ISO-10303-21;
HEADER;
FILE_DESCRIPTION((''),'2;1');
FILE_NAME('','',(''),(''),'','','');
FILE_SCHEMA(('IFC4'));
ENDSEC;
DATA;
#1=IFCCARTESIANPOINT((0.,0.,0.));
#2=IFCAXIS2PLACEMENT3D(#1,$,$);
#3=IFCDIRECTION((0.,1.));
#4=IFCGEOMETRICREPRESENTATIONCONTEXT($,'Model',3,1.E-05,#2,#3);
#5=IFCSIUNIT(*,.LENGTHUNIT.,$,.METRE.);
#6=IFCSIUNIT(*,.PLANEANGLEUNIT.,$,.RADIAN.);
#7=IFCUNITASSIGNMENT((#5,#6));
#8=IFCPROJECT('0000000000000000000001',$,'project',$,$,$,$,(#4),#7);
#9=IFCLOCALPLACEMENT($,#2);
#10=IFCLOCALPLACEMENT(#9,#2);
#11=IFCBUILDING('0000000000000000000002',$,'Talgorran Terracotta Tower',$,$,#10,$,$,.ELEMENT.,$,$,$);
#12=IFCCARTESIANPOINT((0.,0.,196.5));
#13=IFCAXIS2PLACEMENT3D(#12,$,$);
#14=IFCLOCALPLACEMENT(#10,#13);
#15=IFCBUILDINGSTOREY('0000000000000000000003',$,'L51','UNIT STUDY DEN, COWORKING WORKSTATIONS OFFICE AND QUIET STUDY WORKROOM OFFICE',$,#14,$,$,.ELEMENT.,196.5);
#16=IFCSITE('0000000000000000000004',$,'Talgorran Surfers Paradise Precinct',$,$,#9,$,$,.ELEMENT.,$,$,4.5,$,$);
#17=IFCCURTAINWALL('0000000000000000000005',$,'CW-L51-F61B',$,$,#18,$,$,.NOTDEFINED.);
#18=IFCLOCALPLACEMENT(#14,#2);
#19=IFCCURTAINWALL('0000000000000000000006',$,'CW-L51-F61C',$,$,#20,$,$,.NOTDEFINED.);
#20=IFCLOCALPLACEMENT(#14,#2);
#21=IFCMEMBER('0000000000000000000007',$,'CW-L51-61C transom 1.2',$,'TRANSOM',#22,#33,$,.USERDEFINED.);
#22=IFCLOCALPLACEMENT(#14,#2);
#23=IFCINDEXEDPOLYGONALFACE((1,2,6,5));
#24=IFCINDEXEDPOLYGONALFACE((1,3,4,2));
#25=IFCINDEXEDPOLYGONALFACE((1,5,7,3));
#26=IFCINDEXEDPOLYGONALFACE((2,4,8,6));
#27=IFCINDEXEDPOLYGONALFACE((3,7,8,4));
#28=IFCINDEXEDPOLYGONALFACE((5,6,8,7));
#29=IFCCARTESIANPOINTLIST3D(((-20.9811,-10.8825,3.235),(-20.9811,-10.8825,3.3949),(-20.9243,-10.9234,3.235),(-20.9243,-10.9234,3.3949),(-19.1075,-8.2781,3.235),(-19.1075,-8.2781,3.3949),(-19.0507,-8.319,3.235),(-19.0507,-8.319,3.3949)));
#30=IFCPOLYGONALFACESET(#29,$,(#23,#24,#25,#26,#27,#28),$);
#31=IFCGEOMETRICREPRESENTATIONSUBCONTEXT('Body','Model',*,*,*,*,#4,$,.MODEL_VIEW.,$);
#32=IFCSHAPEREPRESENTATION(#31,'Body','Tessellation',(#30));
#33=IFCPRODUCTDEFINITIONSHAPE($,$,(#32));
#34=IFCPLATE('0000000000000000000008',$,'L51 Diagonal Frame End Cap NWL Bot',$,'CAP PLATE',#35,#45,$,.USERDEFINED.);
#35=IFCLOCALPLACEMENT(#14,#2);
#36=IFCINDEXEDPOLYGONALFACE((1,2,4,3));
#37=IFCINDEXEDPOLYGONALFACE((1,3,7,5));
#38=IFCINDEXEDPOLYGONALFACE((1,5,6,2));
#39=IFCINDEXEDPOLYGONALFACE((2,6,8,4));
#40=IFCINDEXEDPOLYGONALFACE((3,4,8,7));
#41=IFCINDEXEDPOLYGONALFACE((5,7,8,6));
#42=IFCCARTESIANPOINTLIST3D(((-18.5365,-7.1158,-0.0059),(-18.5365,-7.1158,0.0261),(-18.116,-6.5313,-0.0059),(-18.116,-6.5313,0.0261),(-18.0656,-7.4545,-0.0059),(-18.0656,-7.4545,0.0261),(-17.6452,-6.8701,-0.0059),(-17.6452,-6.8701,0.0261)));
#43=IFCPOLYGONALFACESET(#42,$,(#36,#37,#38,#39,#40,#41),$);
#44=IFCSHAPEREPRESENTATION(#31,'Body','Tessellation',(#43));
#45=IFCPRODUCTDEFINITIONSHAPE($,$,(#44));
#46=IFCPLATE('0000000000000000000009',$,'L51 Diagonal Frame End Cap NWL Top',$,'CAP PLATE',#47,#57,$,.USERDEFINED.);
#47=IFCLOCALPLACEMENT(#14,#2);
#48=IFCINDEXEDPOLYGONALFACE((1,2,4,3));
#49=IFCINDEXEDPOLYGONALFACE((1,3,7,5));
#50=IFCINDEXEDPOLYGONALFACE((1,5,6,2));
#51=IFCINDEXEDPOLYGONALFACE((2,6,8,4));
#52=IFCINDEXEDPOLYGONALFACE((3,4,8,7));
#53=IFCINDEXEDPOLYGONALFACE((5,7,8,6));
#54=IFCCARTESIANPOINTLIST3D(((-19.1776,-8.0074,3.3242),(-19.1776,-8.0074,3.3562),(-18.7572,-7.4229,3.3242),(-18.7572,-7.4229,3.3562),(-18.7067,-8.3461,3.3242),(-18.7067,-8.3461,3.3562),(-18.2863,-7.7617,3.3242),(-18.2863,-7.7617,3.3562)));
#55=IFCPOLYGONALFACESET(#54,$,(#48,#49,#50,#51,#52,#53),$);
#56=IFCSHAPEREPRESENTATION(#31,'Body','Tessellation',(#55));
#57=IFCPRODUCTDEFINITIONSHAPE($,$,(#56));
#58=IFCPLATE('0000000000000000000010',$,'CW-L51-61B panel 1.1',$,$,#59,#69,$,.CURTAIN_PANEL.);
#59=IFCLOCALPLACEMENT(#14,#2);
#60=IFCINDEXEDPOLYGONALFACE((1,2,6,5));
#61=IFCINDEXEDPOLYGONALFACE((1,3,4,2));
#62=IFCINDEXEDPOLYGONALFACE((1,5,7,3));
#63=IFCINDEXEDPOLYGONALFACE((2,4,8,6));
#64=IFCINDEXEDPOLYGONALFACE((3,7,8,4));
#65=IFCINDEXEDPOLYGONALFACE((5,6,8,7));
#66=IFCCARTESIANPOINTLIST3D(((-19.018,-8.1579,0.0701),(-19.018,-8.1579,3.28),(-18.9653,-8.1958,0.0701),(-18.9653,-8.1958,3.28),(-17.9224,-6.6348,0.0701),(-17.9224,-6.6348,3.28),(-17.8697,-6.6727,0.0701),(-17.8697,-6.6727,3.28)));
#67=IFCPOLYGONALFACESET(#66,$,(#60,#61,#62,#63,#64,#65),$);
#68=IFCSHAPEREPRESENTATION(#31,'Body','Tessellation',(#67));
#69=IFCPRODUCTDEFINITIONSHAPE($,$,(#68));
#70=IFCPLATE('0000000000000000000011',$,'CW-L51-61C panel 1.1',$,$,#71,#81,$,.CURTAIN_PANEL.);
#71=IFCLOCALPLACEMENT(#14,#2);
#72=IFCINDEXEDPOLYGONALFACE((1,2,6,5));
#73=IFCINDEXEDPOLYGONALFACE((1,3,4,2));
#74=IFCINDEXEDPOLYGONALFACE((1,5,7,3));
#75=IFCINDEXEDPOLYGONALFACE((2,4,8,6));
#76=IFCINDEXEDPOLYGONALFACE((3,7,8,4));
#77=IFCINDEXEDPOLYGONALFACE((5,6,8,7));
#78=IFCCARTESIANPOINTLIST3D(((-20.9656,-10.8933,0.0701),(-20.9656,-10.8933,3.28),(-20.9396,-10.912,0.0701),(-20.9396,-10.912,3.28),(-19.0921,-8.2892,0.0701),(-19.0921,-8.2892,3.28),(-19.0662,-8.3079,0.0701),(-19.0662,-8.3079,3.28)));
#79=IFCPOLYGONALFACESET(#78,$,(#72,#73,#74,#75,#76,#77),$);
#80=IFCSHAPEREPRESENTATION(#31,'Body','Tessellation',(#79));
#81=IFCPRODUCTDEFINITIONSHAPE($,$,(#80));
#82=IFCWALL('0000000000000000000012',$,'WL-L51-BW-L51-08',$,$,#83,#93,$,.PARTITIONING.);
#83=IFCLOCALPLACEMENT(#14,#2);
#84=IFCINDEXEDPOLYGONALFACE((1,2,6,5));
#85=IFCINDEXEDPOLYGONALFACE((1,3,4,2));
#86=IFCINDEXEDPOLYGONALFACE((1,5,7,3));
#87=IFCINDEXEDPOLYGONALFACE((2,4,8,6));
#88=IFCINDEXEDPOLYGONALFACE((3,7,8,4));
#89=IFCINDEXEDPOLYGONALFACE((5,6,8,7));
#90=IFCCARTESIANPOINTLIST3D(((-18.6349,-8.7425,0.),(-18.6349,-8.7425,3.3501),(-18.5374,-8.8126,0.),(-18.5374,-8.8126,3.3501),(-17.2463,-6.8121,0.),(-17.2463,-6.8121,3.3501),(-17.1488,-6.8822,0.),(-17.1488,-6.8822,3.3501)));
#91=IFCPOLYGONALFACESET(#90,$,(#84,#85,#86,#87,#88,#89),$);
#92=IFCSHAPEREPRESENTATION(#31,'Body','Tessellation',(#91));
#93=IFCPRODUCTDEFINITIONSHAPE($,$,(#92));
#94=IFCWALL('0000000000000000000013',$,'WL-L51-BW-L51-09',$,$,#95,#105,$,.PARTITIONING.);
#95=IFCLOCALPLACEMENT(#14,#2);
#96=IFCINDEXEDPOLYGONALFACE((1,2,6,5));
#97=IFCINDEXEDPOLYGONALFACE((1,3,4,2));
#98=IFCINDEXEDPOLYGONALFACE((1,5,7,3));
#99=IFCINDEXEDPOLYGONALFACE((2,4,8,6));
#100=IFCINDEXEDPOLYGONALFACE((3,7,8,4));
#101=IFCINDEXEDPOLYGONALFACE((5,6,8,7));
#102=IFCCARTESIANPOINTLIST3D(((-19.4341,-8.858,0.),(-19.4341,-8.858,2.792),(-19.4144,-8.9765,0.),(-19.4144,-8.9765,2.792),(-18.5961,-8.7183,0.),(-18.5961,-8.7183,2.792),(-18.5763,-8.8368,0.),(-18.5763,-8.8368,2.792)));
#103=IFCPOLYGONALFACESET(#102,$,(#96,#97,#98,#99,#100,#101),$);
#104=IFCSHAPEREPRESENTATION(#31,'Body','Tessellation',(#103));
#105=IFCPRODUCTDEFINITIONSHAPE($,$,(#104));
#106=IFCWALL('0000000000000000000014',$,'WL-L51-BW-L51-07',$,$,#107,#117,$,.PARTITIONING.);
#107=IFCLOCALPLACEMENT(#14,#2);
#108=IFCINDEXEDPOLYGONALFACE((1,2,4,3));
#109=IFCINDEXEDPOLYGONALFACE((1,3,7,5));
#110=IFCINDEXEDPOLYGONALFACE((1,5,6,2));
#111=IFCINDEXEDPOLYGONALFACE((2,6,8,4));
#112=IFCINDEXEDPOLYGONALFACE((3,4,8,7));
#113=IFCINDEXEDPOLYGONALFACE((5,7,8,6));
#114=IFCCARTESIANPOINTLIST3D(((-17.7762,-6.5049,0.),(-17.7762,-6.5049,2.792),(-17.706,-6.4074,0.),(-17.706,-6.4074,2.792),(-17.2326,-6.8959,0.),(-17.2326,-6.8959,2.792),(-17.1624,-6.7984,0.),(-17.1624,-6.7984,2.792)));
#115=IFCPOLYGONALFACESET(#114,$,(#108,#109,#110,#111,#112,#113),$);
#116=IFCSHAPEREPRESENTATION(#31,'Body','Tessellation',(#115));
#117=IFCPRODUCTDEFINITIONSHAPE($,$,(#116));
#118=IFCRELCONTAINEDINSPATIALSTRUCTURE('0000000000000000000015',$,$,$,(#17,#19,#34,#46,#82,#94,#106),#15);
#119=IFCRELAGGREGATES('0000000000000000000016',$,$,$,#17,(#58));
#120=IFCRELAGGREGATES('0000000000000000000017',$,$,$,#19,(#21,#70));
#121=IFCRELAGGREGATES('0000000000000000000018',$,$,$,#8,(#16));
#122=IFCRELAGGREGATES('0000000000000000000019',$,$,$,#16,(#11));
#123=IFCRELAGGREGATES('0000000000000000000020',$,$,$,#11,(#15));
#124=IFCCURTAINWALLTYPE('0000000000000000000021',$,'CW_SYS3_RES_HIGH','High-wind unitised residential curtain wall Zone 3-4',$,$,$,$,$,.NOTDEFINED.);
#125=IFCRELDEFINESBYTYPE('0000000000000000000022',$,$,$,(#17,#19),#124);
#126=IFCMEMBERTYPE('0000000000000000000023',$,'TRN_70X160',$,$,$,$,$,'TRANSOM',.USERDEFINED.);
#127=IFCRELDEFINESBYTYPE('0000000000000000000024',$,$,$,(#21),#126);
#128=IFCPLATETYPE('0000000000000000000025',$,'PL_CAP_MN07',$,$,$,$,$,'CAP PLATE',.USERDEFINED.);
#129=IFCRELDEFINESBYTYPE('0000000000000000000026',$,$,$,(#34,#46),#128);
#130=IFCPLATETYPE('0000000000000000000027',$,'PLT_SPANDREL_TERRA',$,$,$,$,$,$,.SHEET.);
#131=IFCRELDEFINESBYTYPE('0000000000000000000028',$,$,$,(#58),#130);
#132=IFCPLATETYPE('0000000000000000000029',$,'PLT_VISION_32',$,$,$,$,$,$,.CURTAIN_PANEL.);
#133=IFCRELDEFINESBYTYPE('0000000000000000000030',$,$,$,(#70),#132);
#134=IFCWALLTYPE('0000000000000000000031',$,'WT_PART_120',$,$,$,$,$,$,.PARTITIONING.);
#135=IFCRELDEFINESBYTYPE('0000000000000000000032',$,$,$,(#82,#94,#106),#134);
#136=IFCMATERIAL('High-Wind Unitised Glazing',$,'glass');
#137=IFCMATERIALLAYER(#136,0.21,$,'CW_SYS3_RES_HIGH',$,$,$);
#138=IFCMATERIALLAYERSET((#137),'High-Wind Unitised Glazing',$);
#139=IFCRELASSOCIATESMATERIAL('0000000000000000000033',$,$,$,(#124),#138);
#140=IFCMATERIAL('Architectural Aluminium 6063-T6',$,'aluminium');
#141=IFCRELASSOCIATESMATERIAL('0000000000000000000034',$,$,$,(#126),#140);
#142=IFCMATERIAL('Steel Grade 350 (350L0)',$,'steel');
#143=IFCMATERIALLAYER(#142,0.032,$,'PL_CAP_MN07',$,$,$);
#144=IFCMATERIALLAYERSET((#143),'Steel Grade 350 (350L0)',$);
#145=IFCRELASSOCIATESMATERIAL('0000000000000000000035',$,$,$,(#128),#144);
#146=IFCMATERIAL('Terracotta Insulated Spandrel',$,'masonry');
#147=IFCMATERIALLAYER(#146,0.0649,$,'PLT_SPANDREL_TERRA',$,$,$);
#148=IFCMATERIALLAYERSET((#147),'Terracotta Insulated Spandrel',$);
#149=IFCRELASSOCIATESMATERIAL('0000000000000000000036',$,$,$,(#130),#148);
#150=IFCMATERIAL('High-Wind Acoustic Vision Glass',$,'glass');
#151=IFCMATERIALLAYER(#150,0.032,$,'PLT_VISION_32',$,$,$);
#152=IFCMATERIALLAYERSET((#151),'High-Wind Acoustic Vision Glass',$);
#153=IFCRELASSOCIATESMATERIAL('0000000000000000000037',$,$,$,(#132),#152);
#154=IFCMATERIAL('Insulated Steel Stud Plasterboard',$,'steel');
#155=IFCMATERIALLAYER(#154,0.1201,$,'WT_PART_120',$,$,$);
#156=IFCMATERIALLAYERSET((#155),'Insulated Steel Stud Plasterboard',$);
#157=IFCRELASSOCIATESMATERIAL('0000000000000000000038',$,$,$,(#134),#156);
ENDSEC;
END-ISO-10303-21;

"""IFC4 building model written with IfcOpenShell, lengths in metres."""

from ifc_helpers import new_model, si_unit, direction, frame, frame_2d, origin, origin_2d, place, context, subcontext, project, spatial, rectangle, extrude, source, transform, mapped, material, layer, layer_set, material_profile, profile_set, type_object, type_shapes, element, aggregate, save


model = new_model("IFC4")

# Units and contexts
model_context = context("Model", 3, precision=1e-05, world=origin(), true_north=direction((0.0, 1.0)))
body_context = subcontext(model_context, "Body", "Model", "MODEL_VIEW")
ifc_project = project(units=[si_unit("LENGTHUNIT", "METRE"), si_unit("PLANEANGLEUNIT", "RADIAN")], contexts=[model_context])

# Site, building, storey
site_placement = place(None, origin())
site = spatial("IfcSite", under=ifc_project, at=site_placement, Name="Talgorran Surfers Paradise Precinct", CompositionType="ELEMENT", RefElevation=4.5)
building_placement = place(site_placement, origin())
building = spatial("IfcBuilding", under=site, at=building_placement, Name="Talgorran Terracotta Tower", CompositionType="ELEMENT")
storey_placement = place(building_placement, frame((0.0, 0.0, 196.5)))
storey = spatial("IfcBuildingStorey", under=building, at=storey_placement, Name="L51", Description="UNIT STUDY DEN, COWORKING WORKSTATIONS OFFICE AND QUIET STUDY WORKROOM OFFICE", CompositionType="ELEMENT", Elevation=196.5)

# Shared definitions
ifc_material_1 = material(Name="Steel Grade 350 (350L0)", Category="steel")

# Shared definitions
ifc_material_2 = material(Name="High-Wind Unitised Glazing", Category="glass")
ifc_layer_1 = layer(ifc_material_2, 0.21, Name="CW_SYS3_RES_HIGH")
ifc_layer_set_1 = layer_set([ifc_layer_1], Name="High-Wind Unitised Glazing")
curtain_wall_type = type_object("IfcCurtainWallType", Name="CW_SYS3_RES_HIGH", Description="High-wind unitised residential curtain wall Zone 3-4", PredefinedType="NOTDEFINED", material=ifc_layer_set_1)
ifc_material_3 = material(Name="Architectural Aluminium 6063-T6", Category="aluminium")

# Curtain walls
curtain_wall_1_placement = place(storey_placement, origin())
curtain_wall_1 = element("IfcCurtainWall", 1, at=curtain_wall_1_placement, inside=storey, type_object=curtain_wall_type, Name="CW-L51-F61B", PredefinedType="NOTDEFINED")
curtain_wall_2_placement = place(storey_placement, origin())
curtain_wall_2 = element("IfcCurtainWall", 2, at=curtain_wall_2_placement, inside=storey, type_object=curtain_wall_type, Name="CW-L51-F61C", PredefinedType="NOTDEFINED")

# Member
ifc_material_profile_1 = material_profile(ifc_material_3, rectangle(XDim=0.0701, YDim=0.1599, at=origin_2d()), Name="CWT70X160")
ifc_profile_set_1 = profile_set([ifc_material_profile_1], Name="Architectural Aluminium 6063-T6")
member_type_1 = type_object("IfcMemberType", Name="TRN_70X160", ElementType="TRANSOM", PredefinedType="USERDEFINED", material=ifc_profile_set_1)
member_1_placement = place(storey_placement, frame((-19.0791, -8.2986, 3.3149), z_axis=(-0.583992, -0.811759, 0.0), x_axis=(0.811759, -0.583992, 0.0)))
member_1 = element("IfcMember", 3, at=member_1_placement, type_object=member_type_1, Name="CW-L51-61C transom 1.2", ObjectType="TRANSOM", PredefinedType="USERDEFINED", context=body_context, shape_type="SweptSolid", body=[
    extrude(rectangle(XDim=0.0701, YDim=0.1599, at=origin_2d()), origin(), (0.0, 0.0, 1.0), 3.2083),
])

# Plates
ifc_layer_2 = layer(ifc_material_1, 0.032, Name="PL_CAP_MN07")
ifc_layer_set_2 = layer_set([ifc_layer_2], Name="Steel Grade 350 (350L0)")
plate_type_1 = type_object("IfcPlateType", Name="PL_CAP_MN07", ElementType="CAP PLATE", PredefinedType="USERDEFINED", material=ifc_layer_set_2)
for number, where, z_axis, x_axis, name in (
    (4, (-18.0908, -6.9929, -0.0059), (0.0, 0.0, 1.0), (-0.583966, -0.811778, 0.0), "L51 Diagonal Frame End Cap NWL Bot"),
    (5, (-18.7319, -7.8845, 3.3242), (0.0, 0.0, 1.0), (-0.583966, -0.811778, 0.0), "L51 Diagonal Frame End Cap NWL Top"),
):
    element("IfcPlate", number, at=place(storey_placement, frame(where, z_axis=z_axis, x_axis=x_axis)), inside=storey, type_object=plate_type_1, Name=name, ObjectType="CAP PLATE", PredefinedType="USERDEFINED", context=body_context, shape_type="SweptSolid", body=[
        extrude(rectangle(XDim=0.72, YDim=0.5801, at=origin_2d()), origin(), (0.0, 0.0, 1.0), 0.032),
    ])

# Plates
ifc_material_4 = material(Name="Terracotta Insulated Spandrel", Category="masonry")
ifc_layer_3 = layer(ifc_material_4, 0.0649, Name="PLT_SPANDREL_TERRA")
ifc_layer_set_3 = layer_set([ifc_layer_3], Name="Terracotta Insulated Spandrel")
plate_type_2 = type_object("IfcPlateType", Name="PLT_SPANDREL_TERRA", PredefinedType="SHEET", material=ifc_layer_set_3)
shared_shape_1 = source(origin(), body_context, "Body", "SweptSolid", [
    extrude(rectangle(XDim=1.8762, YDim=0.0649, at=origin_2d()), origin(), (0.0, 0.0, 1.0), 3.21),
])
type_shapes(plate_type_2, [shared_shape_1])
plate_1_placement = place(storey_placement, frame((-18.4438, -7.4153, 0.0701), z_axis=(0.0, 0.0, 1.0), x_axis=(-0.58397, -0.811775, 0.0)))
plate_1 = element("IfcPlate", 6, at=plate_1_placement, type_object=plate_type_2, Name="CW-L51-61B panel 1.1", PredefinedType="CURTAIN_PANEL", context=body_context, shape_type="MappedRepresentation", body=[
    mapped(shared_shape_1, transform((0.0, 0.0, 0.0), scale=1.0)),
])
aggregate(curtain_wall_1, [plate_1])
ifc_material_5 = material(Name="High-Wind Acoustic Vision Glass", Category="glass")
ifc_layer_4 = layer(ifc_material_5, 0.032, Name="PLT_VISION_32")
ifc_layer_set_4 = layer_set([ifc_layer_4], Name="High-Wind Acoustic Vision Glass")
plate_type_3 = type_object("IfcPlateType", Name="PLT_VISION_32", PredefinedType="CURTAIN_PANEL", material=ifc_layer_set_4)
shared_shape_2 = source(origin(), body_context, "Body", "SweptSolid", [
    extrude(rectangle(XDim=3.208, YDim=0.032, at=origin_2d()), origin(), (0.0, 0.0, 1.0), 3.21),
])
type_shapes(plate_type_3, [shared_shape_2])
plate_2_placement = place(storey_placement, frame((-20.0159, -9.6006, 0.0701), z_axis=(0.0, 0.0, 1.0), x_axis=(-0.583987, -0.811763, 0.0)))
plate_2 = element("IfcPlate", 7, at=plate_2_placement, type_object=plate_type_3, Name="CW-L51-61C panel 1.1", PredefinedType="CURTAIN_PANEL", context=body_context, shape_type="MappedRepresentation", body=[
    mapped(shared_shape_2, transform((0.0, 0.0, 0.0), scale=1.0)),
])
aggregate(curtain_wall_2, [member_1, plate_2])

# Walls
ifc_material_6 = material(Name="Insulated Steel Stud Plasterboard", Category="steel")
ifc_layer_5 = layer(ifc_material_6, 0.1201, Name="WT_PART_120")
ifc_layer_set_5 = layer_set([ifc_layer_5], Name="Insulated Steel Stud Plasterboard")
wall_type = type_object("IfcWallType", Name="WT_PART_120", PredefinedType="PARTITIONING", material=ifc_layer_set_5)
wall_1_placement = place(storey_placement, frame((-17.1975, -6.8472, 0.0), z_axis=(0.0, 0.0, 1.0), x_axis=(-0.583964, -0.81178, 0.0)))
element("IfcWall", 8, at=wall_1_placement, inside=storey, type_object=wall_type, Name="WL-L51-BW-L51-08", PredefinedType="PARTITIONING", context=body_context, shape_type="SweptSolid", body=[
    extrude(rectangle(XDim=2.3779, YDim=0.1201, at=frame_2d((1.189, 0.0))), origin(), (0.0, 0.0, 1.0), 3.3501),
])
wall_2_placement = place(storey_placement, frame((-18.5862, -8.7776, 0.0), z_axis=(0.0, 0.0, 1.0), x_axis=(-0.986402, -0.164352, 0.0)))
element("IfcWall", 9, at=wall_2_placement, inside=storey, type_object=wall_type, Name="WL-L51-BW-L51-09", PredefinedType="PARTITIONING", context=body_context, shape_type="SweptSolid", body=[
    extrude(rectangle(XDim=0.8496, YDim=0.1201, at=frame_2d((0.4248, 0.0))), origin(), (0.0, 0.0, 1.0), 2.792),
])
wall_3_placement = place(storey_placement, frame((-17.7412, -6.4561, 0.0), z_axis=(0.0, 0.0, 1.0), x_axis=(0.811783, -0.583959, 0.0)))
element("IfcWall", 10, at=wall_3_placement, inside=storey, type_object=wall_type, Name="WL-L51-BW-L51-07", PredefinedType="PARTITIONING", context=body_context, shape_type="SweptSolid", body=[
    extrude(rectangle(XDim=0.6697, YDim=0.1201, at=frame_2d((0.335, 0.0))), origin(), (0.0, 0.0, 1.0), 2.792),
])

save(model, "model.ifc")
